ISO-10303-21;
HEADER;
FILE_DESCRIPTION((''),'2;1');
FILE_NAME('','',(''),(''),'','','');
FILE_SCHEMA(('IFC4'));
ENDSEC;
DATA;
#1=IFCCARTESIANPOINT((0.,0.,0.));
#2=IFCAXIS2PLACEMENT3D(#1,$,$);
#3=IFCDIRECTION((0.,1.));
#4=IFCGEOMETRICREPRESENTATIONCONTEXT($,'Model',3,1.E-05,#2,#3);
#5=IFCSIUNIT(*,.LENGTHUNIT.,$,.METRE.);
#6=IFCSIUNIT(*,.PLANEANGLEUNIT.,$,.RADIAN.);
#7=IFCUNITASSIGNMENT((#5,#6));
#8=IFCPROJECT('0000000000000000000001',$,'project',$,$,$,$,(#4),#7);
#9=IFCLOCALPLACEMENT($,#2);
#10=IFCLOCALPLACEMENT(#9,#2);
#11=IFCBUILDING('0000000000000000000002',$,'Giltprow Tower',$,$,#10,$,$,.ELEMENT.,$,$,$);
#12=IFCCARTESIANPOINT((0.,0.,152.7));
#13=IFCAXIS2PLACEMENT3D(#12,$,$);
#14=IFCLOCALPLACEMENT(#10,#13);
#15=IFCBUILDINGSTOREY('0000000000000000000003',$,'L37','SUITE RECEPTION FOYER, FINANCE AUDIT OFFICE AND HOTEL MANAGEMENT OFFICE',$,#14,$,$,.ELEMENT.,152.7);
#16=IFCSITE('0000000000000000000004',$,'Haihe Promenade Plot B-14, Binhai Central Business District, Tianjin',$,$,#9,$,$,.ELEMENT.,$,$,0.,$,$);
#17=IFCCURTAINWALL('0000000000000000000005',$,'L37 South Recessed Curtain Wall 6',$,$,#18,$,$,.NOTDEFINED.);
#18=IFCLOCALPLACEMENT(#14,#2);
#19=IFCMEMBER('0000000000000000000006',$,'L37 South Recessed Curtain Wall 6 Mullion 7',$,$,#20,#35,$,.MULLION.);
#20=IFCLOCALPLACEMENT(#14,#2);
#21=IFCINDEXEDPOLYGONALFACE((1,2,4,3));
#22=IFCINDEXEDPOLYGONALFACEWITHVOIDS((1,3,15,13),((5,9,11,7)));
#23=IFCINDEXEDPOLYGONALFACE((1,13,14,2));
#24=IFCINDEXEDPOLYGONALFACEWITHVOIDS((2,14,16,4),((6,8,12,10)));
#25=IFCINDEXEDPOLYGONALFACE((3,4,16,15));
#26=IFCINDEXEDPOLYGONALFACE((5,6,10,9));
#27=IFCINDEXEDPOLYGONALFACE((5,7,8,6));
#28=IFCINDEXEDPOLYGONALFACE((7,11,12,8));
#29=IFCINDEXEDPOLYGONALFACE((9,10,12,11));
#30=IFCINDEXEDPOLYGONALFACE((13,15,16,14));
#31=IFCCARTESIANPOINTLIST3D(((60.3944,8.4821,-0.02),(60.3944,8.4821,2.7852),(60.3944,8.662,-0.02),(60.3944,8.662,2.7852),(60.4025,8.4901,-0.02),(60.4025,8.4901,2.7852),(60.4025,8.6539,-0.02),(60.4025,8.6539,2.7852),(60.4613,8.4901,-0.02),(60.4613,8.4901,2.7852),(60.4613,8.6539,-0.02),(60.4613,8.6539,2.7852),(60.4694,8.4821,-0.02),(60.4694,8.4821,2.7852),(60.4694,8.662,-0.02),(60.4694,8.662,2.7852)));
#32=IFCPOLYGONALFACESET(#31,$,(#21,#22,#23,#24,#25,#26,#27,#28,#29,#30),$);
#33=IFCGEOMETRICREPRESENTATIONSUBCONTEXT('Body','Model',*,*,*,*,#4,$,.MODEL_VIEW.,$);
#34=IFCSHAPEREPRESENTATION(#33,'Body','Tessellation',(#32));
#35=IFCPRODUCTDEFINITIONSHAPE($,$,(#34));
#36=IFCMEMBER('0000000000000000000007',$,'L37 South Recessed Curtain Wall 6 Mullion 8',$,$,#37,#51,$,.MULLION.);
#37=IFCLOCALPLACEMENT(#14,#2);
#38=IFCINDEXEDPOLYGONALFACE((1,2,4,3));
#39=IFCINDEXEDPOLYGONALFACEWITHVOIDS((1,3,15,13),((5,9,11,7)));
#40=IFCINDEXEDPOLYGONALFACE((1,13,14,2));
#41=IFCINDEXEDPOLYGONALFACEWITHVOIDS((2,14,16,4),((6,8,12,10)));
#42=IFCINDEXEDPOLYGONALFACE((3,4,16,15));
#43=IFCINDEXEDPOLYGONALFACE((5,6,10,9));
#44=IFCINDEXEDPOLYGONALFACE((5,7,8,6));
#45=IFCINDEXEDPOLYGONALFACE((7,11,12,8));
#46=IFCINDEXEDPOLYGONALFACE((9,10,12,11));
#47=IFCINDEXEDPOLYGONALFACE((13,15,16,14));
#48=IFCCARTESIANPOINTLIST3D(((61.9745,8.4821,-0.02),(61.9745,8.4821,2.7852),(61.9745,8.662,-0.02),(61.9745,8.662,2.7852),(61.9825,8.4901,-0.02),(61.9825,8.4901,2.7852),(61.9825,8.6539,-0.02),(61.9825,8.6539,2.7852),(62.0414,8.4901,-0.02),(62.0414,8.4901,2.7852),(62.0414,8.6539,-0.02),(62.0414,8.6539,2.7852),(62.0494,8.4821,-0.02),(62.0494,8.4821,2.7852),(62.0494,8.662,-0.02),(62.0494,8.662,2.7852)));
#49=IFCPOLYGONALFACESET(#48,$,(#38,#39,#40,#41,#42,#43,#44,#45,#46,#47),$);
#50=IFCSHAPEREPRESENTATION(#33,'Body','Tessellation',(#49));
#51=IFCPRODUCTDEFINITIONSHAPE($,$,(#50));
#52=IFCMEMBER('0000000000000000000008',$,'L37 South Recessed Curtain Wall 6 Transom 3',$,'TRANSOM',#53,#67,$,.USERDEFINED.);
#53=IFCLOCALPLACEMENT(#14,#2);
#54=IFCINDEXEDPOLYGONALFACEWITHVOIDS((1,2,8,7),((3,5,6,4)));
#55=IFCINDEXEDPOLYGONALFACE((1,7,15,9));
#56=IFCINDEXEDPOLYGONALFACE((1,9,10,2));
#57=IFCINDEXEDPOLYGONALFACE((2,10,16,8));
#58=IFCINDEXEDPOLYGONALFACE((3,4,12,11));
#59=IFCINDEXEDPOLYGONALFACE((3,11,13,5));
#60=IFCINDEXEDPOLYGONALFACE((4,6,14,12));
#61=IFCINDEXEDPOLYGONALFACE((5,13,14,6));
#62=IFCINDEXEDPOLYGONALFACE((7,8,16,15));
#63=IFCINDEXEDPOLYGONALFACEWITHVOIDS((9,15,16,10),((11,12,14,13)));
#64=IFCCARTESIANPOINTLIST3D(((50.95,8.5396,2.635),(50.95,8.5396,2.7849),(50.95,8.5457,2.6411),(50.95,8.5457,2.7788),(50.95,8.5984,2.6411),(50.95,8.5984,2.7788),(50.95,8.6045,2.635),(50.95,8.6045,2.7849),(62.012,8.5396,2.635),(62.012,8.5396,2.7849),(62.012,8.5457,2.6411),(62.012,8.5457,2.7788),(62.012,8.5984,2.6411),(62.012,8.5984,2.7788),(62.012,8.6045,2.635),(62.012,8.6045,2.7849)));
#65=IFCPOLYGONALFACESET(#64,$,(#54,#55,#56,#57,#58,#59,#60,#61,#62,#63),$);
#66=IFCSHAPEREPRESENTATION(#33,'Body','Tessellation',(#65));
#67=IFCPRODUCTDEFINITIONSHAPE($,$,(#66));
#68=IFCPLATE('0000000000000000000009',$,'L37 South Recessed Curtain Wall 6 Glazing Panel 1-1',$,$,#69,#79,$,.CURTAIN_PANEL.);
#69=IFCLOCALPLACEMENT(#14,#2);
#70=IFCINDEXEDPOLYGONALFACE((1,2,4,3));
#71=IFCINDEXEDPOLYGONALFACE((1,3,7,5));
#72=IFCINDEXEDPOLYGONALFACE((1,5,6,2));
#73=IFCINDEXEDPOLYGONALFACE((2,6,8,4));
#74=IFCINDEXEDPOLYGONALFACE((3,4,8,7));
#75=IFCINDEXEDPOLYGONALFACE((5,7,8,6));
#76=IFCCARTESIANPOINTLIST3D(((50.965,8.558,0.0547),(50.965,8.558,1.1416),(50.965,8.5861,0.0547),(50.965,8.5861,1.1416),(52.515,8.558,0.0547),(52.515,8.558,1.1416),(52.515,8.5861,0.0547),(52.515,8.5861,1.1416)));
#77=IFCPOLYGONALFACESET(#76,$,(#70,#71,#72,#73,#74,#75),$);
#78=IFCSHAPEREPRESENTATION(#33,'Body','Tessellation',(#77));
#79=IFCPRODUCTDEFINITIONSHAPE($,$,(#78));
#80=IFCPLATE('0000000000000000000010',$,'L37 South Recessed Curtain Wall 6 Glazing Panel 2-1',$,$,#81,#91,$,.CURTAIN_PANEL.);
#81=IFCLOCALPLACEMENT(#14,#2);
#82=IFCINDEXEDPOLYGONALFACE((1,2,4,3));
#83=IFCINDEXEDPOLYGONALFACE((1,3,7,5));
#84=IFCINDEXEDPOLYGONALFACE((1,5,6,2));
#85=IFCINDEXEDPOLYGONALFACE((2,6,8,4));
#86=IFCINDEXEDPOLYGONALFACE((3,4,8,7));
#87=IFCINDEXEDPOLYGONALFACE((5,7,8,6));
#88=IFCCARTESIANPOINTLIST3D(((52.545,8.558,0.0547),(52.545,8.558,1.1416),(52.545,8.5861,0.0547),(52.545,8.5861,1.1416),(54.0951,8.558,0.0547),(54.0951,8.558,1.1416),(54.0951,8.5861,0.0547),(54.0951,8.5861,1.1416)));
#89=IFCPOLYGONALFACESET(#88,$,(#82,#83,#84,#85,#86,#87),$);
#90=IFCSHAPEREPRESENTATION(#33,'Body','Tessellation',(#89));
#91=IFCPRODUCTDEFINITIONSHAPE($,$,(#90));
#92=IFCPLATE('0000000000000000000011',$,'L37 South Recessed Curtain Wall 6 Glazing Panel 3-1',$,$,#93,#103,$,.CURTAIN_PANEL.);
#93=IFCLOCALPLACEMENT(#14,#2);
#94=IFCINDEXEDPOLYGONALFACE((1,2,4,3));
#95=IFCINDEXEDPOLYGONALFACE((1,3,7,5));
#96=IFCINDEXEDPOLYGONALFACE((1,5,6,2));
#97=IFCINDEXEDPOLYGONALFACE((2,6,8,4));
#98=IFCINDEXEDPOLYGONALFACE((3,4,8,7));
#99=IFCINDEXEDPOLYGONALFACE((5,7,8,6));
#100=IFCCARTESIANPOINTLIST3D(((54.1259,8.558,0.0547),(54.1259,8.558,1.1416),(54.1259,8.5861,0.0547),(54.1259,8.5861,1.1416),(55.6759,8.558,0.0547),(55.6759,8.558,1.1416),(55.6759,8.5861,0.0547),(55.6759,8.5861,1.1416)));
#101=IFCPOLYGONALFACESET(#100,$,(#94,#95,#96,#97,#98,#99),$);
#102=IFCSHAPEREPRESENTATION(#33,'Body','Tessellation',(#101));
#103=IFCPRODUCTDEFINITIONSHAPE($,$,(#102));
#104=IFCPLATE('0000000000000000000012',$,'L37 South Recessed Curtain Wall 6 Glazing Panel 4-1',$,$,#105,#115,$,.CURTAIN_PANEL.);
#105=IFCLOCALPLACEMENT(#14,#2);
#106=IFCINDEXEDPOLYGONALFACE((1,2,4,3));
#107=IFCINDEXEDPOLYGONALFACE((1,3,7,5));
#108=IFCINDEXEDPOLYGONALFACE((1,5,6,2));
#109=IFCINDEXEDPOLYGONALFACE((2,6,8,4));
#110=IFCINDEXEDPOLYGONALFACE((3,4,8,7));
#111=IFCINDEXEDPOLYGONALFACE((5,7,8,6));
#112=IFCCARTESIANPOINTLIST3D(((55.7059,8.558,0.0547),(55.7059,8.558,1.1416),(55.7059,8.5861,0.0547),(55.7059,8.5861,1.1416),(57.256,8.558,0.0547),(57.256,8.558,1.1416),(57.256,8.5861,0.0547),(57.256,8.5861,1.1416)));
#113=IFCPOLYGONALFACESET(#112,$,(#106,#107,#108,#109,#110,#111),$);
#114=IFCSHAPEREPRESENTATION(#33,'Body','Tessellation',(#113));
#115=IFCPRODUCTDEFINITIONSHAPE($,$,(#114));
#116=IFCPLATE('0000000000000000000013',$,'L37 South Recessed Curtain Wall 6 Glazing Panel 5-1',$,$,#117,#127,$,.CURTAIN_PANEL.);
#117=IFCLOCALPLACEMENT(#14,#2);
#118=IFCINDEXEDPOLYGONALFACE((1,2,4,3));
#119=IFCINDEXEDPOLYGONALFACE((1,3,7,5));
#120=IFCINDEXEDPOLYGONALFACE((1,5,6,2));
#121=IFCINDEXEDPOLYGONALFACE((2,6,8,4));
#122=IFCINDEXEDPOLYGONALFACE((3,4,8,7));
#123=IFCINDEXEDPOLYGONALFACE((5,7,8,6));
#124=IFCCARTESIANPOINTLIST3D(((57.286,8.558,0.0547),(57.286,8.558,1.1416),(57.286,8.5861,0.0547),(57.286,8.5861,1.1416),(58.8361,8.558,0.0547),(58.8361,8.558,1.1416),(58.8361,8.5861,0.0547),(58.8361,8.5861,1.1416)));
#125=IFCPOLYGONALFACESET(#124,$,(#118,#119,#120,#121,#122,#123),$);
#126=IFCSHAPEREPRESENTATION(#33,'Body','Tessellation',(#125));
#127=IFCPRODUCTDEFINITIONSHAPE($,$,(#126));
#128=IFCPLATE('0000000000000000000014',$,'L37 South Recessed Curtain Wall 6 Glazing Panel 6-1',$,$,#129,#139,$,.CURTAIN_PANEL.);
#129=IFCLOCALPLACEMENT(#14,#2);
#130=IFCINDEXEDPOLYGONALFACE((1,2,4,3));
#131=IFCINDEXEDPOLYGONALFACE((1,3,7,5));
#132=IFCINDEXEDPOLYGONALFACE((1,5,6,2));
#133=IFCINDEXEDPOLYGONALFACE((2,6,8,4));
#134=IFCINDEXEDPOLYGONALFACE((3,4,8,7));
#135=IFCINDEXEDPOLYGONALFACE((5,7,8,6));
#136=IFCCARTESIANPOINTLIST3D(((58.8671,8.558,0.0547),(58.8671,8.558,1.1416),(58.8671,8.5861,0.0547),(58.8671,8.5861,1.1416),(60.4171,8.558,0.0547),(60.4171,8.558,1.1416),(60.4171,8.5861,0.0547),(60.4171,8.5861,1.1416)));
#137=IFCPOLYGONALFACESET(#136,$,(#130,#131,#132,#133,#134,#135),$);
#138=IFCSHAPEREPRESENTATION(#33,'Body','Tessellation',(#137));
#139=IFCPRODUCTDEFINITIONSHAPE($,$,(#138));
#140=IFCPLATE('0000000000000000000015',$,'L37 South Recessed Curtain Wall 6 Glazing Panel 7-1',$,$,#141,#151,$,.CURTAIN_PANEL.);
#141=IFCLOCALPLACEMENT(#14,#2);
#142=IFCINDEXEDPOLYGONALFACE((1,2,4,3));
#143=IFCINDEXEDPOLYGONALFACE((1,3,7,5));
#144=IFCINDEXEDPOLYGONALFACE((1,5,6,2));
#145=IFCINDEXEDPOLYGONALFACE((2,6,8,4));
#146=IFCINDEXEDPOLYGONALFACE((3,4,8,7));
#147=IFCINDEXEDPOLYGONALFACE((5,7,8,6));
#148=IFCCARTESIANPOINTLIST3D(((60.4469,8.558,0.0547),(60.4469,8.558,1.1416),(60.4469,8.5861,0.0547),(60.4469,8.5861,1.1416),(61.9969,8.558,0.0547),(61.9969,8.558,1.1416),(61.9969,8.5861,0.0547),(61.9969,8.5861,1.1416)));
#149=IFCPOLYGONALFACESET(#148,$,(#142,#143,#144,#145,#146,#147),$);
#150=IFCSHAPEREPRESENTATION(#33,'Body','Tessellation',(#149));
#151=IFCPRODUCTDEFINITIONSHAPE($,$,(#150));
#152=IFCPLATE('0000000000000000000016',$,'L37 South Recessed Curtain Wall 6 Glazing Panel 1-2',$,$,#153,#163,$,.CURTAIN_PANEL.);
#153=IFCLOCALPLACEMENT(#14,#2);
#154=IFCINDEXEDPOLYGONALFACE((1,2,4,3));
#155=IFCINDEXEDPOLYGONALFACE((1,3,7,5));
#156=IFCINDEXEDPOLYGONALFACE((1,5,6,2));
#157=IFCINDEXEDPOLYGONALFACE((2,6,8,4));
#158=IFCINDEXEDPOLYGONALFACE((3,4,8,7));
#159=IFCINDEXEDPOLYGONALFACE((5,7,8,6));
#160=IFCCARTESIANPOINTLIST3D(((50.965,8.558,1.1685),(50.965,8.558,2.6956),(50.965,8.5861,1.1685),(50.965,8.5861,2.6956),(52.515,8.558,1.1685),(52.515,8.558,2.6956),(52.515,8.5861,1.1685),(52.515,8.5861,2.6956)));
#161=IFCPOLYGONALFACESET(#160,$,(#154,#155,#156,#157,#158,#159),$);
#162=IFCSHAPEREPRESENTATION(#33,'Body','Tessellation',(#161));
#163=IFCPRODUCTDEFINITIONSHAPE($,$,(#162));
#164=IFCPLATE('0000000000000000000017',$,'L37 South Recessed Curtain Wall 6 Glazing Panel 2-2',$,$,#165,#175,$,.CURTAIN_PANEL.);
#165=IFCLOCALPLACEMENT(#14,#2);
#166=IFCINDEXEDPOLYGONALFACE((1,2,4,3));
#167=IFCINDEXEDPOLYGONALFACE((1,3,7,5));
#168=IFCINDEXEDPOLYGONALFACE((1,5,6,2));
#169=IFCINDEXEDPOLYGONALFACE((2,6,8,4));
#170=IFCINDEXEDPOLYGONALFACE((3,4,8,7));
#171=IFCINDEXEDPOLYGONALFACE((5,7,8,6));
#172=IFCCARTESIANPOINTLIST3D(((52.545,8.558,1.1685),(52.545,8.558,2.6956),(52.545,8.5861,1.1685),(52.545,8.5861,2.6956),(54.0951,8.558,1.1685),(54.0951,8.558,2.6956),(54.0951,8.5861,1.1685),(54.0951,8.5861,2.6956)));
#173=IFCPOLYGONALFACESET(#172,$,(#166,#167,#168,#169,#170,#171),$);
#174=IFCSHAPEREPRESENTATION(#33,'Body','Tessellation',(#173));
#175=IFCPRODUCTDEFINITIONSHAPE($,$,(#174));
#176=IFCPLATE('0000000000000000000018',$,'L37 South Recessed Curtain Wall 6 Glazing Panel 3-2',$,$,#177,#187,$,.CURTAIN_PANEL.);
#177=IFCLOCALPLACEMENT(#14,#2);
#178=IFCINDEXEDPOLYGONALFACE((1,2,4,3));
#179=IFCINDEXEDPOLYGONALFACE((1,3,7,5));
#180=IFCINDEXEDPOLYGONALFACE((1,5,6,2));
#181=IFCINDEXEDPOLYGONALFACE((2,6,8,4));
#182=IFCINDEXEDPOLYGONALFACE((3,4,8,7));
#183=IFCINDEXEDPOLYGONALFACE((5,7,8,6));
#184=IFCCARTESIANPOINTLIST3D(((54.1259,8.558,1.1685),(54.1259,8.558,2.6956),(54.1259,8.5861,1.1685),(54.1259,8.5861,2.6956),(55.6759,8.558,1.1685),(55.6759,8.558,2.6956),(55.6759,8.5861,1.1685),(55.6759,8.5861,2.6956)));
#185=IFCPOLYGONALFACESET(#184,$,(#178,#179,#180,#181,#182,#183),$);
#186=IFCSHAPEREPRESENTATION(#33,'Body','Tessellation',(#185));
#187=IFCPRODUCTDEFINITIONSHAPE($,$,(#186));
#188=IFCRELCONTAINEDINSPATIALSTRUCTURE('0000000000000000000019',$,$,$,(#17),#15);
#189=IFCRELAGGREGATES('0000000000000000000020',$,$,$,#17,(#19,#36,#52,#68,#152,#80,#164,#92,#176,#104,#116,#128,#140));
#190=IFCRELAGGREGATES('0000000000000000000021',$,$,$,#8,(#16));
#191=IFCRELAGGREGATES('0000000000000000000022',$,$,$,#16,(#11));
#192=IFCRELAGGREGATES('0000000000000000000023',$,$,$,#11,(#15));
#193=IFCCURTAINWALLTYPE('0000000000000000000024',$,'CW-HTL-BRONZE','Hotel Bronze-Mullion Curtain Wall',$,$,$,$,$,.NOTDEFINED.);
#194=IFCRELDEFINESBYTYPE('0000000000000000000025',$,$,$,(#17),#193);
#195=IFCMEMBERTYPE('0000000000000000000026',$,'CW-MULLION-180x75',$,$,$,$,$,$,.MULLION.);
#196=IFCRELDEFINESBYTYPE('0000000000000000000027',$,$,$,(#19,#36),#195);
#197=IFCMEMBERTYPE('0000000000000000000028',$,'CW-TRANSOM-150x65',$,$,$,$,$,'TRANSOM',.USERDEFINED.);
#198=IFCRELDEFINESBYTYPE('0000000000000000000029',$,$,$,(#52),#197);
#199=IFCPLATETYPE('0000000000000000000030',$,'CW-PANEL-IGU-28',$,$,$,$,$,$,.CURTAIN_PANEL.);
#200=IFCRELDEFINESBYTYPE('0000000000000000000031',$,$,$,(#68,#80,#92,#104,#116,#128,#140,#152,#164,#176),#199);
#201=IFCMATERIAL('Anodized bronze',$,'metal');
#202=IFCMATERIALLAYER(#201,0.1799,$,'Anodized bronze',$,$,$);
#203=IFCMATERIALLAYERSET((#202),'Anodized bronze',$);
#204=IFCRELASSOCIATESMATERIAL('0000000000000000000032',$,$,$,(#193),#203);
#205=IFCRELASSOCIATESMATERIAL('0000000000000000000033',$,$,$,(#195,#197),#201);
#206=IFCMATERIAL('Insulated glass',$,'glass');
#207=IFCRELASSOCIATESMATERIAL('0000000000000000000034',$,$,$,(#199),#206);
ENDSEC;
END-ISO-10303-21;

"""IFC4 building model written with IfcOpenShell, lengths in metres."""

from ifc_helpers import new_model, si_unit, direction, frame, origin, origin_2d, place, context, subcontext, project, spatial, rectangle, hollow_rectangle, extrude, source, transform, mapped, material, layer, layer_set, material_profile, profile_set, type_object, element, aggregate, save


model = new_model("IFC4")

# Units and contexts
model_context = context("Model", 3, precision=1e-05, world=origin(), true_north=direction((0.0, 1.0)))
body_context = subcontext(model_context, "Body", "Model", "MODEL_VIEW")
ifc_project = project(units=[si_unit("LENGTHUNIT", "METRE"), si_unit("PLANEANGLEUNIT", "RADIAN")], contexts=[model_context])

# Site, building, storey
site_placement = place(None, origin())
site = spatial("IfcSite", under=ifc_project, at=site_placement, Name="Haihe Promenade Plot B-14, Binhai Central Business District, Tianjin", CompositionType="ELEMENT", RefElevation=0.0)
building_placement = place(site_placement, origin())
building = spatial("IfcBuilding", under=site, at=building_placement, Name="Giltprow Tower", CompositionType="ELEMENT")
storey_placement = place(building_placement, frame((0.0, 0.0, 152.7)))
storey = spatial("IfcBuildingStorey", under=building, at=storey_placement, Name="L37", Description="SUITE RECEPTION FOYER, FINANCE AUDIT OFFICE AND HOTEL MANAGEMENT OFFICE", CompositionType="ELEMENT", Elevation=152.7)

# Curtain wall, members, plates
ifc_material_1 = material(Name="Anodized bronze", Category="metal")
ifc_layer_1 = layer(ifc_material_1, 0.1799, Name="Anodized bronze")
ifc_layer_set_1 = layer_set([ifc_layer_1], Name="Anodized bronze")
curtain_wall_type = type_object("IfcCurtainWallType", Name="CW-HTL-BRONZE", Description="Hotel Bronze-Mullion Curtain Wall", PredefinedType="NOTDEFINED", material=ifc_layer_set_1)
curtain_wall_placement = place(storey_placement, origin())
curtain_wall = element("IfcCurtainWall", 1, at=curtain_wall_placement, inside=storey, type_object=curtain_wall_type, Name="L37 South Recessed Curtain Wall 6", PredefinedType="NOTDEFINED")
ifc_material_profile_1 = material_profile(ifc_material_1, hollow_rectangle(XDim=0.075, YDim=0.1799, WallThickness=0.0081, at=origin_2d()), Name="RHS 180x75x8")
ifc_profile_set_1 = profile_set([ifc_material_profile_1], Name="Anodized bronze")
member_type_1 = type_object("IfcMemberType", Name="CW-MULLION-180x75", PredefinedType="MULLION", material=ifc_profile_set_1)
shared_shape_1 = source(origin(), body_context, "Body", "SweptSolid", [
    extrude(hollow_rectangle(XDim=0.075, YDim=0.1799, WallThickness=0.0081, at=origin_2d()), origin(), (0.0, 0.0, 1.0), 2.8052),
])
member_1_placement = place(storey_placement, frame((60.4319, 8.572, -0.02), z_axis=(0.0, 0.0, 1.0), x_axis=(1.0, 0.0, 0.0)))
member_1 = element("IfcMember", 2, at=member_1_placement, type_object=member_type_1, Name="L37 South Recessed Curtain Wall 6 Mullion 7", PredefinedType="MULLION", context=body_context, shape_type="MappedRepresentation", body=[
    mapped(shared_shape_1, transform((0.0, 0.0, 0.0), x_axis=(1.0, 0.0, 0.0), y_axis=(0.0, 1.0, 0.0), z_axis=(0.0, 0.0, 1.0), scale=1.0)),
])
member_2_placement = place(storey_placement, frame((62.012, 8.572, -0.02), z_axis=(0.0, 0.0, 1.0), x_axis=(1.0, 0.0, 0.0)))
member_2 = element("IfcMember", 3, at=member_2_placement, type_object=member_type_1, Name="L37 South Recessed Curtain Wall 6 Mullion 8", PredefinedType="MULLION", context=body_context, shape_type="MappedRepresentation", body=[
    mapped(shared_shape_1, transform((0.0, 0.0, 0.0), x_axis=(1.0, 0.0, 0.0), y_axis=(0.0, 1.0, 0.0), z_axis=(0.0, 0.0, 1.0), scale=1.0)),
])
ifc_material_profile_2 = material_profile(ifc_material_1, hollow_rectangle(XDim=0.0649, YDim=0.1499, WallThickness=0.0061, at=origin_2d()), Name="RHS 150x65x6")
ifc_profile_set_2 = profile_set([ifc_material_profile_2], Name="Anodized bronze")
member_type_2 = type_object("IfcMemberType", Name="CW-TRANSOM-150x65", ElementType="TRANSOM", PredefinedType="USERDEFINED", material=ifc_profile_set_2)
shared_shape_2 = source(origin(), body_context, "Body", "SweptSolid", [
    extrude(hollow_rectangle(XDim=0.0649, YDim=0.1499, WallThickness=0.0061, at=origin_2d()), origin(), (0.0, 0.0, 1.0), 11.062),
])
member_3_placement = place(storey_placement, frame((50.95, 8.572, 2.71), z_axis=(1.0, 0.0, 0.0), x_axis=(0.0, 1.0, 0.0)))
member_3 = element("IfcMember", 4, at=member_3_placement, type_object=member_type_2, Name="L37 South Recessed Curtain Wall 6 Transom 3", ObjectType="TRANSOM", PredefinedType="USERDEFINED", context=body_context, shape_type="MappedRepresentation", body=[
    mapped(shared_shape_2, transform((0.0, 0.0, 0.0), x_axis=(1.0, 0.0, 0.0), y_axis=(0.0, 1.0, 0.0), z_axis=(0.0, 0.0, 1.0), scale=1.0)),
])
ifc_material_2 = material(Name="Insulated glass", Category="glass")
plate_type = type_object("IfcPlateType", Name="CW-PANEL-IGU-28", PredefinedType="CURTAIN_PANEL", material=ifc_material_2)
shared_shape_3 = source(origin(), body_context, "Body", "SweptSolid", [
    extrude(rectangle(XDim=1.55, YDim=0.0281, at=origin_2d()), origin(), (0.0, 0.0, 1.0), 1.0869),
])
plate_1_placement = place(storey_placement, frame((51.74, 8.572, 0.0547), z_axis=(0.0, 0.0, 1.0), x_axis=(1.0, 0.0, 0.0)))
plate_1 = element("IfcPlate", 5, at=plate_1_placement, type_object=plate_type, Name="L37 South Recessed Curtain Wall 6 Glazing Panel 1-1", PredefinedType="CURTAIN_PANEL", context=body_context, shape_type="MappedRepresentation", body=[
    mapped(shared_shape_3, transform((0.0, 0.0, 0.0), x_axis=(1.0, 0.0, 0.0), y_axis=(0.0, 1.0, 0.0), z_axis=(0.0, 0.0, 1.0), scale=1.0)),
])
plate_2_placement = place(storey_placement, frame((53.3201, 8.572, 0.0547), z_axis=(0.0, 0.0, 1.0), x_axis=(1.0, 0.0, 0.0)))
plate_2 = element("IfcPlate", 6, at=plate_2_placement, type_object=plate_type, Name="L37 South Recessed Curtain Wall 6 Glazing Panel 2-1", PredefinedType="CURTAIN_PANEL", context=body_context, shape_type="MappedRepresentation", body=[
    mapped(shared_shape_3, transform((0.0, 0.0, 0.0), x_axis=(1.0, 0.0, 0.0), y_axis=(0.0, 1.0, 0.0), z_axis=(0.0, 0.0, 1.0), scale=1.0)),
])
plate_3_placement = place(storey_placement, frame((54.9009, 8.572, 0.0547), z_axis=(0.0, 0.0, 1.0), x_axis=(1.0, 0.0, 0.0)))
plate_3 = element("IfcPlate", 7, at=plate_3_placement, type_object=plate_type, Name="L37 South Recessed Curtain Wall 6 Glazing Panel 3-1", PredefinedType="CURTAIN_PANEL", context=body_context, shape_type="MappedRepresentation", body=[
    mapped(shared_shape_3, transform((0.0, 0.0, 0.0), x_axis=(1.0, 0.0, 0.0), y_axis=(0.0, 1.0, 0.0), z_axis=(0.0, 0.0, 1.0), scale=1.0)),
])
plate_4_placement = place(storey_placement, frame((56.481, 8.572, 0.0547), z_axis=(0.0, 0.0, 1.0), x_axis=(1.0, 0.0, 0.0)))
plate_4 = element("IfcPlate", 8, at=plate_4_placement, type_object=plate_type, Name="L37 South Recessed Curtain Wall 6 Glazing Panel 4-1", PredefinedType="CURTAIN_PANEL", context=body_context, shape_type="MappedRepresentation", body=[
    mapped(shared_shape_3, transform((0.0, 0.0, 0.0), x_axis=(1.0, 0.0, 0.0), y_axis=(0.0, 1.0, 0.0), z_axis=(0.0, 0.0, 1.0), scale=1.0)),
])
plate_5_placement = place(storey_placement, frame((58.061, 8.572, 0.0547), z_axis=(0.0, 0.0, 1.0), x_axis=(1.0, 0.0, 0.0)))
plate_5 = element("IfcPlate", 9, at=plate_5_placement, type_object=plate_type, Name="L37 South Recessed Curtain Wall 6 Glazing Panel 5-1", PredefinedType="CURTAIN_PANEL", context=body_context, shape_type="MappedRepresentation", body=[
    mapped(shared_shape_3, transform((0.0, 0.0, 0.0), x_axis=(1.0, 0.0, 0.0), y_axis=(0.0, 1.0, 0.0), z_axis=(0.0, 0.0, 1.0), scale=1.0)),
])
plate_6_placement = place(storey_placement, frame((59.6421, 8.572, 0.0547), z_axis=(0.0, 0.0, 1.0), x_axis=(1.0, 0.0, 0.0)))
plate_6 = element("IfcPlate", 10, at=plate_6_placement, type_object=plate_type, Name="L37 South Recessed Curtain Wall 6 Glazing Panel 6-1", PredefinedType="CURTAIN_PANEL", context=body_context, shape_type="MappedRepresentation", body=[
    mapped(shared_shape_3, transform((0.0, 0.0, 0.0), x_axis=(1.0, 0.0, 0.0), y_axis=(0.0, 1.0, 0.0), z_axis=(0.0, 0.0, 1.0), scale=1.0)),
])
plate_7_placement = place(storey_placement, frame((61.2219, 8.572, 0.0547), z_axis=(0.0, 0.0, 1.0), x_axis=(1.0, 0.0, 0.0)))
plate_7 = element("IfcPlate", 11, at=plate_7_placement, type_object=plate_type, Name="L37 South Recessed Curtain Wall 6 Glazing Panel 7-1", PredefinedType="CURTAIN_PANEL", context=body_context, shape_type="MappedRepresentation", body=[
    mapped(shared_shape_3, transform((0.0, 0.0, 0.0), x_axis=(1.0, 0.0, 0.0), y_axis=(0.0, 1.0, 0.0), z_axis=(0.0, 0.0, 1.0), scale=1.0)),
])
shared_shape_4 = source(origin(), body_context, "Body", "SweptSolid", [
    extrude(rectangle(XDim=1.55, YDim=0.0281, at=origin_2d()), origin(), (0.0, 0.0, 1.0), 1.5271),
])
plate_8_placement = place(storey_placement, frame((51.74, 8.572, 1.1685), z_axis=(0.0, 0.0, 1.0), x_axis=(1.0, 0.0, 0.0)))
plate_8 = element("IfcPlate", 12, at=plate_8_placement, type_object=plate_type, Name="L37 South Recessed Curtain Wall 6 Glazing Panel 1-2", PredefinedType="CURTAIN_PANEL", context=body_context, shape_type="MappedRepresentation", body=[
    mapped(shared_shape_4, transform((0.0, 0.0, 0.0), x_axis=(1.0, 0.0, 0.0), y_axis=(0.0, 1.0, 0.0), z_axis=(0.0, 0.0, 1.0), scale=1.0)),
])
plate_9_placement = place(storey_placement, frame((53.3201, 8.572, 1.1685), z_axis=(0.0, 0.0, 1.0), x_axis=(1.0, 0.0, 0.0)))
plate_9 = element("IfcPlate", 13, at=plate_9_placement, type_object=plate_type, Name="L37 South Recessed Curtain Wall 6 Glazing Panel 2-2", PredefinedType="CURTAIN_PANEL", context=body_context, shape_type="MappedRepresentation", body=[
    mapped(shared_shape_4, transform((0.0, 0.0, 0.0), x_axis=(1.0, 0.0, 0.0), y_axis=(0.0, 1.0, 0.0), z_axis=(0.0, 0.0, 1.0), scale=1.0)),
])
plate_10_placement = place(storey_placement, frame((54.9009, 8.572, 1.1685), z_axis=(0.0, 0.0, 1.0), x_axis=(1.0, 0.0, 0.0)))
plate_10 = element("IfcPlate", 14, at=plate_10_placement, type_object=plate_type, Name="L37 South Recessed Curtain Wall 6 Glazing Panel 3-2", PredefinedType="CURTAIN_PANEL", context=body_context, shape_type="MappedRepresentation", body=[
    mapped(shared_shape_4, transform((0.0, 0.0, 0.0), x_axis=(1.0, 0.0, 0.0), y_axis=(0.0, 1.0, 0.0), z_axis=(0.0, 0.0, 1.0), scale=1.0)),
])
aggregate(curtain_wall, [member_1, member_2, member_3, plate_1, plate_8, plate_2, plate_9, plate_3, plate_10, plate_4, plate_5, plate_6, plate_7])

save(model, "model.ifc")
